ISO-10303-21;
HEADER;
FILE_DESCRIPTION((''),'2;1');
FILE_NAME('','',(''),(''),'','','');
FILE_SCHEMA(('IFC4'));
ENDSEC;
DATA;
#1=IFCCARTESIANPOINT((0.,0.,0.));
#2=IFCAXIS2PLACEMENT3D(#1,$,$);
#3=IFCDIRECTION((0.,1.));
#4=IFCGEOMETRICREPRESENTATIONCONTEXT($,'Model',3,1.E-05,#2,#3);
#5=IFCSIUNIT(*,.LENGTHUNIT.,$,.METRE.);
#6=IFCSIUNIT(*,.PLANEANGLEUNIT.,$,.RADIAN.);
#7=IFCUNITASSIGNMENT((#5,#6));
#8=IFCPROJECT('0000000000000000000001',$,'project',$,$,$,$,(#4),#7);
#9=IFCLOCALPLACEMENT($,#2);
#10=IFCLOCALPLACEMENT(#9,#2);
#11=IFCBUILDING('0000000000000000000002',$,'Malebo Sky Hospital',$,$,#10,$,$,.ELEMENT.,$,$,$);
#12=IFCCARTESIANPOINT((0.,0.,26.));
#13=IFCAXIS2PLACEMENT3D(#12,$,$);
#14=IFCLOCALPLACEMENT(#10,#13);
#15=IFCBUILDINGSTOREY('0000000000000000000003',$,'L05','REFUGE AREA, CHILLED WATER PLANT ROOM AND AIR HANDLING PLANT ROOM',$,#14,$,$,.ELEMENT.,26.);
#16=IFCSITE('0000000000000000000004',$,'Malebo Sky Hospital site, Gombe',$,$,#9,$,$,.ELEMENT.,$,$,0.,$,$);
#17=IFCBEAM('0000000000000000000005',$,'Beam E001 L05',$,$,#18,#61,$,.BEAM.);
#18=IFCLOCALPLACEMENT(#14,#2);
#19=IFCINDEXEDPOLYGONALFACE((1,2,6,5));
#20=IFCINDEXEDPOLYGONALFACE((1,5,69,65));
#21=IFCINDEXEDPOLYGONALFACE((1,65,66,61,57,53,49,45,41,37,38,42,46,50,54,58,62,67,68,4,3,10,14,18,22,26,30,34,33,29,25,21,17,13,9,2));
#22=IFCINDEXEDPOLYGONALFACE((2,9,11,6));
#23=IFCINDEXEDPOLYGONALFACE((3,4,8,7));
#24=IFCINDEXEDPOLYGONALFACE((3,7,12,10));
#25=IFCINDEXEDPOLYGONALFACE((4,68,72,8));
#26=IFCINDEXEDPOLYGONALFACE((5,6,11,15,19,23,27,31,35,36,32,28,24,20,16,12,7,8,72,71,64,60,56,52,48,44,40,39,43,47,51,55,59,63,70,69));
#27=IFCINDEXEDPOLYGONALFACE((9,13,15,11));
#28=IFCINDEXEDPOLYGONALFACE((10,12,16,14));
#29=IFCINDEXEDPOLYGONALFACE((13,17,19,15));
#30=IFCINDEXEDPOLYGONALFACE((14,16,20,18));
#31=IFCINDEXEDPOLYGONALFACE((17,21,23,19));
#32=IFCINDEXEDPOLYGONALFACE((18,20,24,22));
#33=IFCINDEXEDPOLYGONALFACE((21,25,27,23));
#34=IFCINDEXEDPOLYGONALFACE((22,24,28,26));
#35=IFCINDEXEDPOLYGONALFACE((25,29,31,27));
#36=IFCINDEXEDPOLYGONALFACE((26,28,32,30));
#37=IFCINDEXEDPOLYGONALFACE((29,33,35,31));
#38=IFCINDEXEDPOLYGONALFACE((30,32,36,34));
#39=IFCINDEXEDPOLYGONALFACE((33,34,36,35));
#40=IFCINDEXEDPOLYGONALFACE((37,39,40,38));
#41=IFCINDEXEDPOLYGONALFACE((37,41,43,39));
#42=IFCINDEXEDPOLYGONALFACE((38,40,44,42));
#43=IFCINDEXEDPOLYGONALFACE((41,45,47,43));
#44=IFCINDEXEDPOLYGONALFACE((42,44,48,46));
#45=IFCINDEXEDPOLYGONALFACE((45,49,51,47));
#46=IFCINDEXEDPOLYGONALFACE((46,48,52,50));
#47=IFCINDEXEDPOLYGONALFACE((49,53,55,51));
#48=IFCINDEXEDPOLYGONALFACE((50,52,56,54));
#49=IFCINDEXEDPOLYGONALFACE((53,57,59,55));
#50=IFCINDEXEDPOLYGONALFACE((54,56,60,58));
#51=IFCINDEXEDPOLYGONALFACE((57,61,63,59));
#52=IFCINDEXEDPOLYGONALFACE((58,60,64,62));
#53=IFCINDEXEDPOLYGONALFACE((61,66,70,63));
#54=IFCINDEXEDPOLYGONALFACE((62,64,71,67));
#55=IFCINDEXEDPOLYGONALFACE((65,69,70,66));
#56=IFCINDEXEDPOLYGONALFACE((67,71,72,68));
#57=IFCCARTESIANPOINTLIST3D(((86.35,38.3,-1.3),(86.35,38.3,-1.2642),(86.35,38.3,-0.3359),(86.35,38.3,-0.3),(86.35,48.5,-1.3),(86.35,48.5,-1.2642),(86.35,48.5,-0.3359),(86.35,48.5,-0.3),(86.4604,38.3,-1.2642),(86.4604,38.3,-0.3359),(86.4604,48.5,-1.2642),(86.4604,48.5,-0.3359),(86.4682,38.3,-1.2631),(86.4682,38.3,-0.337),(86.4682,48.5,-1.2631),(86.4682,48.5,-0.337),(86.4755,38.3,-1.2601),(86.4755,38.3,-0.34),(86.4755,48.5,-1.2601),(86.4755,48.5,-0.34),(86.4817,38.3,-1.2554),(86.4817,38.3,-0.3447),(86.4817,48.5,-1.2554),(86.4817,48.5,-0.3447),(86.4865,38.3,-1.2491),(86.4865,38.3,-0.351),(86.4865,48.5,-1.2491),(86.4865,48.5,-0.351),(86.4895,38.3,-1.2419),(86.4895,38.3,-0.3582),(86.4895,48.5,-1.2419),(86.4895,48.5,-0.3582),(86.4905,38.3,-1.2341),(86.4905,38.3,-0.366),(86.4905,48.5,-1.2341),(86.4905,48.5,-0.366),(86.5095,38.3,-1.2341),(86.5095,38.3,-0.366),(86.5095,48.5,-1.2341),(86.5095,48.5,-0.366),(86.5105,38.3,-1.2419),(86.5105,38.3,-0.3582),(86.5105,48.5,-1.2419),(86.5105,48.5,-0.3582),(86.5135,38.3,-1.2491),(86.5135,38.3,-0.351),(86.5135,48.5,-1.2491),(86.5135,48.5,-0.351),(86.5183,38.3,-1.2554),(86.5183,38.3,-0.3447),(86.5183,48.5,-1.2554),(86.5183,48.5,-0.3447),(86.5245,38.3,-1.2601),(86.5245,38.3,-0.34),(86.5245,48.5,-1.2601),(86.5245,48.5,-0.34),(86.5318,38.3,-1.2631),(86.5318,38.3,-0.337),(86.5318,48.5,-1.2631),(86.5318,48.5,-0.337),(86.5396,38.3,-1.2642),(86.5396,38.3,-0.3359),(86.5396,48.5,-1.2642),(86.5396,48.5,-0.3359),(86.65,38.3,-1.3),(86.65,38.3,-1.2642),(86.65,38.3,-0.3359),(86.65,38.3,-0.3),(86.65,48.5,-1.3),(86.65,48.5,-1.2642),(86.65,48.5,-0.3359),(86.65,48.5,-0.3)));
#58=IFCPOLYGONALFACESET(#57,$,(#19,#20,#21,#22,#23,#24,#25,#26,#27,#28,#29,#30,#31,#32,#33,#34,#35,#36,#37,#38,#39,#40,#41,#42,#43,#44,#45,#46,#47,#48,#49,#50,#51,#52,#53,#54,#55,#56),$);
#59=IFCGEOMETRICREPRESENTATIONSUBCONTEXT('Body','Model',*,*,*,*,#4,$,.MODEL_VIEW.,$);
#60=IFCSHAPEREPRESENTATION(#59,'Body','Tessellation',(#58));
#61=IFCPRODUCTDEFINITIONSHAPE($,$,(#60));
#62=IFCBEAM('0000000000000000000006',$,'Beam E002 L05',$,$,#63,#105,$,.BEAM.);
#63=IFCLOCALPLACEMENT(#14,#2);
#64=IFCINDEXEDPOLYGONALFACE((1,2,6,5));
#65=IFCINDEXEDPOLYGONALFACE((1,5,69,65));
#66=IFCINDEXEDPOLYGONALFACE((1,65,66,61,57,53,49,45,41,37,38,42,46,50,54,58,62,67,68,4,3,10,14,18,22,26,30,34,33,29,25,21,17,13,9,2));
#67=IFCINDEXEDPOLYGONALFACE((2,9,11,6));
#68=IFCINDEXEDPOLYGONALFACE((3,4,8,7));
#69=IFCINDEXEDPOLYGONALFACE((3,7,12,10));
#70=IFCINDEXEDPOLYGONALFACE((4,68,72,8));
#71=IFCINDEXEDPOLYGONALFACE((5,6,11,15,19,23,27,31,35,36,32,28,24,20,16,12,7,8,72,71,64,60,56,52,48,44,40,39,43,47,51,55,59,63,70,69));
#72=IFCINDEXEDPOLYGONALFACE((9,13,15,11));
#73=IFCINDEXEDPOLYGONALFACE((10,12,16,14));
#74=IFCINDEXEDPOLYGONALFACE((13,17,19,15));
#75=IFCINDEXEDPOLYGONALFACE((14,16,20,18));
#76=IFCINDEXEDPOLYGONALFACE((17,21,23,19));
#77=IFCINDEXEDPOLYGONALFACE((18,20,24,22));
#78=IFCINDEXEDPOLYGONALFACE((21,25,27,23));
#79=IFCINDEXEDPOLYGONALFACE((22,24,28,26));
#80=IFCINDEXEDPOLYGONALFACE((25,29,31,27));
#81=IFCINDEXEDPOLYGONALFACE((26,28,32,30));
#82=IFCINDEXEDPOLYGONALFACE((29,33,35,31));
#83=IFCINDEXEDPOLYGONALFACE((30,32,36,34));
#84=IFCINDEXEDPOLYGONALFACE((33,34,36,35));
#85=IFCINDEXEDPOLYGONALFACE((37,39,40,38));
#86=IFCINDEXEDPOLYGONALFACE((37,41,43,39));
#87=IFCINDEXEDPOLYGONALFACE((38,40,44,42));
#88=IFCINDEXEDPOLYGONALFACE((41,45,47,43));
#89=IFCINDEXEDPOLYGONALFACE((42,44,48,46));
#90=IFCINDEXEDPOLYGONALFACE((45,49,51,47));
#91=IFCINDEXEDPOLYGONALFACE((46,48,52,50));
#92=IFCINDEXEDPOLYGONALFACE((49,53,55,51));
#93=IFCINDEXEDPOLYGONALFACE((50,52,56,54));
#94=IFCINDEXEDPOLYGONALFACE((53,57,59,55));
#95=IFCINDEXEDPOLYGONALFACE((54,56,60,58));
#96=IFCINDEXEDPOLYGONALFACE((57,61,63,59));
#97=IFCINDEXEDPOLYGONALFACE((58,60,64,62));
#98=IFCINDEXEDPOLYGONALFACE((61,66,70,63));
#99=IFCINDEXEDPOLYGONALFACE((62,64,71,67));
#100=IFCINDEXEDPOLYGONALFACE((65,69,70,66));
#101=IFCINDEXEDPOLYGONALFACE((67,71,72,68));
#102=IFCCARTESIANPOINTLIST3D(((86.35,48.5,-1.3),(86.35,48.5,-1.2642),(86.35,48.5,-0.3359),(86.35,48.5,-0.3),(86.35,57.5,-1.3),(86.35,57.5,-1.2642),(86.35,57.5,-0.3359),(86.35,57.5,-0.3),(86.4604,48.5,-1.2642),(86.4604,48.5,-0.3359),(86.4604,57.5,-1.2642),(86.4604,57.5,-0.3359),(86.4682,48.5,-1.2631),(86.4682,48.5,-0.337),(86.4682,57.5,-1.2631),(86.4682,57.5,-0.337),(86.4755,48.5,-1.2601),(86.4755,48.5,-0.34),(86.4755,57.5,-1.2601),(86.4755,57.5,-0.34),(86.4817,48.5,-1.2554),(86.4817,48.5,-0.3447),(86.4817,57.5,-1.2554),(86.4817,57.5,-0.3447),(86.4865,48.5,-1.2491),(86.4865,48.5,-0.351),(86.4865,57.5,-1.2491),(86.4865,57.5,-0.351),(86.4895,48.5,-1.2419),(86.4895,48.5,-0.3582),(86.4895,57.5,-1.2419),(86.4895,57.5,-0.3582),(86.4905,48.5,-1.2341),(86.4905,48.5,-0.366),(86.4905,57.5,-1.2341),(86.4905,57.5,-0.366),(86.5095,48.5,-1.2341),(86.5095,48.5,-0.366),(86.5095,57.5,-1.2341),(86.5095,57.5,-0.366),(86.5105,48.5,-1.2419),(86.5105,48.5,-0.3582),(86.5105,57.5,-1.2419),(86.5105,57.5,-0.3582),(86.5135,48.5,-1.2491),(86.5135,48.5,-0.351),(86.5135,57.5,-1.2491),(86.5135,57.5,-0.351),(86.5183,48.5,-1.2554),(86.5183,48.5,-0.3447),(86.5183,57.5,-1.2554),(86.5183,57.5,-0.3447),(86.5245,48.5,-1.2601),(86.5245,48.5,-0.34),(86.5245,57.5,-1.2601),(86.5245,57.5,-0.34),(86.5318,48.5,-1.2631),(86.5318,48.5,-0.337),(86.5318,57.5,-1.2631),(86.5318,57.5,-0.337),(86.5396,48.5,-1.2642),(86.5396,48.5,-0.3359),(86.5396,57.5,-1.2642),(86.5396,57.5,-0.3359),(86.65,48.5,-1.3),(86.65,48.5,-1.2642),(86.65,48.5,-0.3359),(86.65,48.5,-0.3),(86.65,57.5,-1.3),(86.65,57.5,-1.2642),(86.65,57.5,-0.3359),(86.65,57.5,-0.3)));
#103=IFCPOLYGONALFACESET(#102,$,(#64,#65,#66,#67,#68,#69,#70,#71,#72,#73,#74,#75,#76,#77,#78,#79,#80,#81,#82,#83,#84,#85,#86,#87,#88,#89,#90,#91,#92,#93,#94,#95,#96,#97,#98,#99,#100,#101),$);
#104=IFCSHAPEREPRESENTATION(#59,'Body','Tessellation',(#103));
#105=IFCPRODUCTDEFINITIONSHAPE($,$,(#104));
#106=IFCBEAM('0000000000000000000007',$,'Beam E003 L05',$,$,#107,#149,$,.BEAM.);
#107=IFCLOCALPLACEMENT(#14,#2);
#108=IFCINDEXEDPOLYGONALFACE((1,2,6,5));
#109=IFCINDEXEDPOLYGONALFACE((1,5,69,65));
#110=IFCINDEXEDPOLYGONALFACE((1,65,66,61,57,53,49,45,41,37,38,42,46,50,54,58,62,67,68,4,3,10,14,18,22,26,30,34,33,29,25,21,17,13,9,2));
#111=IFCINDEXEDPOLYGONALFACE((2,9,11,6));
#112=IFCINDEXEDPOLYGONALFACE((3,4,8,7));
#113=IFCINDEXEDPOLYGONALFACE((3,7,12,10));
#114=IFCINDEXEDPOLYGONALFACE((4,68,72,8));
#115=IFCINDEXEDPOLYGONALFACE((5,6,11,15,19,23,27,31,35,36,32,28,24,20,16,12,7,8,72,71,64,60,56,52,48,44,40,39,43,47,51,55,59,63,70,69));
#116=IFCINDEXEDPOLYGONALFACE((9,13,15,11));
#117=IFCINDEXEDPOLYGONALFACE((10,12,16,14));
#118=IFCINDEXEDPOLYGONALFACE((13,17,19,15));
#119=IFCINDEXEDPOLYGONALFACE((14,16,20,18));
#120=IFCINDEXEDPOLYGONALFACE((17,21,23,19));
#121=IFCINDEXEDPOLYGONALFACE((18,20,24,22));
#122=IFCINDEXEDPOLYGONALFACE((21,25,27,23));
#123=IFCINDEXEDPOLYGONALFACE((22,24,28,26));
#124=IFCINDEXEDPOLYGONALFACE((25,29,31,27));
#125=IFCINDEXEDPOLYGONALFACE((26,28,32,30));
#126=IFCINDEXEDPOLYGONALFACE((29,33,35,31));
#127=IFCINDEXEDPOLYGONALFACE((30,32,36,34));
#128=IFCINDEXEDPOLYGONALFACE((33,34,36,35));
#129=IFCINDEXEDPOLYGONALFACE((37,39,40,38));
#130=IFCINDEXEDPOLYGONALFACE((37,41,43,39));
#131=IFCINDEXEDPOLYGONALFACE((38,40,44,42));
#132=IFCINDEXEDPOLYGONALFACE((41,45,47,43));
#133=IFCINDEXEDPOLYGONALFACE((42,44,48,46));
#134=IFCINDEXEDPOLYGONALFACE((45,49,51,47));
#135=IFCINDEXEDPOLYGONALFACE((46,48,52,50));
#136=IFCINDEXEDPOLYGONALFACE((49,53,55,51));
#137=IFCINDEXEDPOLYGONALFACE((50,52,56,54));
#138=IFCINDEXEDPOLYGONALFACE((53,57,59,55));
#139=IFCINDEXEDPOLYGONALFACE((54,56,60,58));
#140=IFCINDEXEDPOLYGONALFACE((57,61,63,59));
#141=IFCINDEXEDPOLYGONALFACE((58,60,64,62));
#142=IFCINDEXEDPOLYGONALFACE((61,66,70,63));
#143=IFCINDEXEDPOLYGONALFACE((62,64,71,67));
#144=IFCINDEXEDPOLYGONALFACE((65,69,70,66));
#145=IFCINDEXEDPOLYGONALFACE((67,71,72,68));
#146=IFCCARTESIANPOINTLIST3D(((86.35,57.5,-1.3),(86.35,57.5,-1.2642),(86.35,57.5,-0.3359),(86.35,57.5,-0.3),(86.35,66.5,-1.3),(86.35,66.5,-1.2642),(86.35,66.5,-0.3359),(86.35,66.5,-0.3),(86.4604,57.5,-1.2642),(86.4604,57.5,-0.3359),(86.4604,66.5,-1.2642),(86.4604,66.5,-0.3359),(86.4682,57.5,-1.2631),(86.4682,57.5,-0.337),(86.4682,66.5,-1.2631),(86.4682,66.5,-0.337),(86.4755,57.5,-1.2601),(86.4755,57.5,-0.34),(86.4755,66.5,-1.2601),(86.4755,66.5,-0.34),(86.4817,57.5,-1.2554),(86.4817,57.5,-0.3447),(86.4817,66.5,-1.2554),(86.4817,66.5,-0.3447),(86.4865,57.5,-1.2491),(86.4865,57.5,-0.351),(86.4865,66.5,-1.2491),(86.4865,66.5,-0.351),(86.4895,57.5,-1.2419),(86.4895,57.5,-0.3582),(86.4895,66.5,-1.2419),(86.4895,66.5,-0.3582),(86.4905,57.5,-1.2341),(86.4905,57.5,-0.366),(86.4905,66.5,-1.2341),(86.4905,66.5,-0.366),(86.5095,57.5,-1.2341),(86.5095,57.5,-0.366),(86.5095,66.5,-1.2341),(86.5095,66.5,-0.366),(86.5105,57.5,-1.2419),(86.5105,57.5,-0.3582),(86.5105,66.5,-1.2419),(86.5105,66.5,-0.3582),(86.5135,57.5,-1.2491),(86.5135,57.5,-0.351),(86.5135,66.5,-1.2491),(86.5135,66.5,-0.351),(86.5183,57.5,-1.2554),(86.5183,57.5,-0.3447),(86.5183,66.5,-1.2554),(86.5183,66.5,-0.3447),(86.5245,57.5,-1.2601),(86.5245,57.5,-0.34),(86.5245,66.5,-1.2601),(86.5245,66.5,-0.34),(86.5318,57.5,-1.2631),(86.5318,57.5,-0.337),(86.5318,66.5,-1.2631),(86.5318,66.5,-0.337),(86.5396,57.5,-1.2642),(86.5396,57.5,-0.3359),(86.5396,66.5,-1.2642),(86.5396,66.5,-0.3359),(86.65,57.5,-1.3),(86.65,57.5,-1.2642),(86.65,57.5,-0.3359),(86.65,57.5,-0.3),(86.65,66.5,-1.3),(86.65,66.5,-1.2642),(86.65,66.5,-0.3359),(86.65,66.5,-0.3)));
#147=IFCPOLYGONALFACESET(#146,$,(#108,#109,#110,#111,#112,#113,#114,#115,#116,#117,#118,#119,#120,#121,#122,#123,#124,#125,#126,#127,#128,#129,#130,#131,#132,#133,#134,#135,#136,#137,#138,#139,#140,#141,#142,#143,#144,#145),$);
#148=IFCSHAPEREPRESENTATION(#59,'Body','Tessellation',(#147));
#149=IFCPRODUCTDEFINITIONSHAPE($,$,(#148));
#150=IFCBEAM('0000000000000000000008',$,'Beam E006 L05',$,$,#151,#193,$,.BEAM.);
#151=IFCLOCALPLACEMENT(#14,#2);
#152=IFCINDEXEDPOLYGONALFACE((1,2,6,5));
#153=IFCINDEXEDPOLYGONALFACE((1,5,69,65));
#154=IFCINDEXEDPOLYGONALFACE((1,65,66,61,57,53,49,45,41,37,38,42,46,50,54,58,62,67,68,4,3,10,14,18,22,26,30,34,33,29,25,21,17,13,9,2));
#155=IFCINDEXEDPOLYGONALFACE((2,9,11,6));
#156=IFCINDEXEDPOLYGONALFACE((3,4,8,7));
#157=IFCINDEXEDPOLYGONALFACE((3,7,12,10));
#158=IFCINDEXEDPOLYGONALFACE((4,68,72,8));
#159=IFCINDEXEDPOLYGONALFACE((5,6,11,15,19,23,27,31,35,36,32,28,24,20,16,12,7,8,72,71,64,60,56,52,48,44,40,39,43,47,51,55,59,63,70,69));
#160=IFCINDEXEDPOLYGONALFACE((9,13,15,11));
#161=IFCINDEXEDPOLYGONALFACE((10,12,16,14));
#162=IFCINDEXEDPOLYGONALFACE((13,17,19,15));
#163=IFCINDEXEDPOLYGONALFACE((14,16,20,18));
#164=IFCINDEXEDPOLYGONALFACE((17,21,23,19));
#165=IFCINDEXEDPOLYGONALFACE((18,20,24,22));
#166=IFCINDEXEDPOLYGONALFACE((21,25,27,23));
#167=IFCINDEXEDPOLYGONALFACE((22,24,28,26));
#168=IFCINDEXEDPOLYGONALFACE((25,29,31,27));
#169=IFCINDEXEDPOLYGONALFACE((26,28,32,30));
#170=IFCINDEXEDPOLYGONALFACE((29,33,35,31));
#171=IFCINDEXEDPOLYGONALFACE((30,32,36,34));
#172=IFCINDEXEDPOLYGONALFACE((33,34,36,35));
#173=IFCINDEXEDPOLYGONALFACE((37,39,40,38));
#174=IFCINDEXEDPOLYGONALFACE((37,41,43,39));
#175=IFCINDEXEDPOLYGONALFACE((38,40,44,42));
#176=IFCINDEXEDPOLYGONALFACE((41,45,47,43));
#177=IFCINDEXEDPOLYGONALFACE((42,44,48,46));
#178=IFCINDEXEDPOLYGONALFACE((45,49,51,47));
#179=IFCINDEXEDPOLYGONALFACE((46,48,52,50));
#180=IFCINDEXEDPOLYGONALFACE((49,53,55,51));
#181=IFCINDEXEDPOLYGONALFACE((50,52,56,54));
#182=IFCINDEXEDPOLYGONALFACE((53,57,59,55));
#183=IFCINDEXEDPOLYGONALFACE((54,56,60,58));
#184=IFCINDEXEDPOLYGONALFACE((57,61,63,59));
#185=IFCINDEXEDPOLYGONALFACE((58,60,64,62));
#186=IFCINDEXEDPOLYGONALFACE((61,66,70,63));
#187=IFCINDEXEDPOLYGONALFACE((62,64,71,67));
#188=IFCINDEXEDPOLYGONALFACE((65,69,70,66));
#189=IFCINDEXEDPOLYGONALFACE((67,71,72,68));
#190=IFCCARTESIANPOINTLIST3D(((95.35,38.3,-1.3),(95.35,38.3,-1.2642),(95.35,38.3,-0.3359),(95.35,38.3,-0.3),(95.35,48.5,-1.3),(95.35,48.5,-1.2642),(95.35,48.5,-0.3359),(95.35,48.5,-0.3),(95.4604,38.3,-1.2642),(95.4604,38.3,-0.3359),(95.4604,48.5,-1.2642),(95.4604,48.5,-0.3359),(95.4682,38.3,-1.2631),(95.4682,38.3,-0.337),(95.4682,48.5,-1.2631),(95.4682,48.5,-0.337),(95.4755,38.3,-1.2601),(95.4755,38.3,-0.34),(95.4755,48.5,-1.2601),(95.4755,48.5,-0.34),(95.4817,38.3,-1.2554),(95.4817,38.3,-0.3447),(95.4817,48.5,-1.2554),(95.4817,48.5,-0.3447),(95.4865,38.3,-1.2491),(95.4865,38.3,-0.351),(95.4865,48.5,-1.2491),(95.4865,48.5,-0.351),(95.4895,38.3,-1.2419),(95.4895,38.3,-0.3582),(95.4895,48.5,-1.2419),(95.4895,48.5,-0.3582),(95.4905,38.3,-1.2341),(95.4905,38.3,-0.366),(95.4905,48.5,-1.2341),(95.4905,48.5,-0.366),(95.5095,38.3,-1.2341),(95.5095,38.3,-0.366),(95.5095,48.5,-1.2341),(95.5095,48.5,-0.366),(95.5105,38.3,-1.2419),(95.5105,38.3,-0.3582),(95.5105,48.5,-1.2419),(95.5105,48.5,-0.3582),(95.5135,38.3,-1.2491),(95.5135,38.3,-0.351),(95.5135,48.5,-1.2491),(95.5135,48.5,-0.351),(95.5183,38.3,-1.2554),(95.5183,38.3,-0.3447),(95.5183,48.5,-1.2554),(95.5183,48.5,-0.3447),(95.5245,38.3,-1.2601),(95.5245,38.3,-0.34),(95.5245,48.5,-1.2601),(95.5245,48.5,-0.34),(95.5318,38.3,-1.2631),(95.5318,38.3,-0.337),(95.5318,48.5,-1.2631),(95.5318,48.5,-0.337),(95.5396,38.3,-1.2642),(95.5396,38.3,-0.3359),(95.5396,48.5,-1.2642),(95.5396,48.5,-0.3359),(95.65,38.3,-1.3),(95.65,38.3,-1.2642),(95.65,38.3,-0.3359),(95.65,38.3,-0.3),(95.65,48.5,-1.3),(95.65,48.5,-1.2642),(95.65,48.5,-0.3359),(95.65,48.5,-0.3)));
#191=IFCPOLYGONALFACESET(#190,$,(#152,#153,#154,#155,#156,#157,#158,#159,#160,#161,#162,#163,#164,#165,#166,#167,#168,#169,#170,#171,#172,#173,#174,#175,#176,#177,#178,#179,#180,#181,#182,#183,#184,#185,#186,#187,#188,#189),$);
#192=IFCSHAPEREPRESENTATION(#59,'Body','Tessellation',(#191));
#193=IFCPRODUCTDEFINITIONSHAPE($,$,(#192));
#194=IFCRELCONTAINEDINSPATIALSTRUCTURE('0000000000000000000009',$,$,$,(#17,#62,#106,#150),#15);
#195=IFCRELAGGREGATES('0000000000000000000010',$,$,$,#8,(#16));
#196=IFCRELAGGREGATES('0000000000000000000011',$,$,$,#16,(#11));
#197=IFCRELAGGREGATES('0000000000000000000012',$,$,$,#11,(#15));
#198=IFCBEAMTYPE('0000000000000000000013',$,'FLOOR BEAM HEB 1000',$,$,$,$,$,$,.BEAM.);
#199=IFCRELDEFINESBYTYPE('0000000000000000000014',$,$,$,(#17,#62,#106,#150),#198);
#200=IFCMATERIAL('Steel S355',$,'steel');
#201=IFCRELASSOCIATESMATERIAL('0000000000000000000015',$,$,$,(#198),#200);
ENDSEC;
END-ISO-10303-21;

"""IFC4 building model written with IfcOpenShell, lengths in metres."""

from ifc_helpers import new_model, si_unit, direction, frame, origin, origin_2d, place, context, subcontext, project, spatial, i_section, extrude, material, material_profile, profile_set, type_object, element, save


model = new_model("IFC4")

# Units and contexts
model_context = context("Model", 3, precision=1e-05, world=origin(), true_north=direction((0.0, 1.0)))
body_context = subcontext(model_context, "Body", "Model", "MODEL_VIEW")
ifc_project = project(units=[si_unit("LENGTHUNIT", "METRE"), si_unit("PLANEANGLEUNIT", "RADIAN")], contexts=[model_context])

# Site, building, storey
site_placement = place(None, origin())
site = spatial("IfcSite", under=ifc_project, at=site_placement, Name="Malebo Sky Hospital site, Gombe", CompositionType="ELEMENT", RefElevation=0.0)
building_placement = place(site_placement, origin())
building = spatial("IfcBuilding", under=site, at=building_placement, Name="Malebo Sky Hospital", CompositionType="ELEMENT")
storey_placement = place(building_placement, frame((0.0, 0.0, 26.0)))
storey = spatial("IfcBuildingStorey", under=building, at=storey_placement, Name="L05", Description="REFUGE AREA, CHILLED WATER PLANT ROOM AND AIR HANDLING PLANT ROOM", CompositionType="ELEMENT", Elevation=26.0)

# Beams
ifc_material_1 = material(Name="Steel S355", Category="steel")
ifc_material_profile_1 = material_profile(ifc_material_1, i_section(OverallWidth=0.3, OverallDepth=1.0, WebThickness=0.019, FlangeThickness=0.0359, FilletRadius=0.03, at=origin_2d()), Name="HEB 1000")
ifc_profile_set_1 = profile_set([ifc_material_profile_1], Name="Steel S355")
beam_type_1 = type_object("IfcBeamType", Name="FLOOR BEAM HEB 1000", PredefinedType="BEAM", material=ifc_profile_set_1)
beam_1_placement = place(storey_placement, frame((86.5, 38.3, -0.8), z_axis=(0.0, 1.0, 0.0), x_axis=(-1.0, 0.0, 0.0)))
element("IfcBeam", 1, at=beam_1_placement, inside=storey, type_object=beam_type_1, Name="Beam E001 L05", PredefinedType="BEAM", context=body_context, shape_type="SweptSolid", body=[
    extrude(i_section(OverallWidth=0.3, OverallDepth=1.0, WebThickness=0.019, FlangeThickness=0.0359, FilletRadius=0.03, at=origin_2d()), origin(), (0.0, 0.0, 1.0), 10.2),
])
for number, where, z_axis, x_axis, name in (
    (2, (86.5, 48.5, -0.8), (0.0, 1.0, 0.0), (-1.0, 0.0, 0.0), "Beam E002 L05"),
    (3, (86.5, 57.5, -0.8), (0.0, 1.0, 0.0), (-1.0, 0.0, 0.0), "Beam E003 L05"),
):
    element("IfcBeam", number, at=place(storey_placement, frame(where, z_axis=z_axis, x_axis=x_axis)), inside=storey, type_object=beam_type_1, Name=name, PredefinedType="BEAM", context=body_context, shape_type="SweptSolid", body=[
        extrude(i_section(OverallWidth=0.3, OverallDepth=1.0, WebThickness=0.019, FlangeThickness=0.0359, FilletRadius=0.03, at=origin_2d()), origin(), (0.0, 0.0, 1.0), 9.0),
    ])
beam_2_placement = place(storey_placement, frame((95.5, 38.3, -0.8), z_axis=(0.0, 1.0, 0.0), x_axis=(-1.0, 0.0, 0.0)))
element("IfcBeam", 4, at=beam_2_placement, inside=storey, type_object=beam_type_1, Name="Beam E006 L05", PredefinedType="BEAM", context=body_context, shape_type="SweptSolid", body=[
    extrude(i_section(OverallWidth=0.3, OverallDepth=1.0, WebThickness=0.019, FlangeThickness=0.0359, FilletRadius=0.03, at=origin_2d()), origin(), (0.0, 0.0, 1.0), 10.2),
])

save(model, "model.ifc")
